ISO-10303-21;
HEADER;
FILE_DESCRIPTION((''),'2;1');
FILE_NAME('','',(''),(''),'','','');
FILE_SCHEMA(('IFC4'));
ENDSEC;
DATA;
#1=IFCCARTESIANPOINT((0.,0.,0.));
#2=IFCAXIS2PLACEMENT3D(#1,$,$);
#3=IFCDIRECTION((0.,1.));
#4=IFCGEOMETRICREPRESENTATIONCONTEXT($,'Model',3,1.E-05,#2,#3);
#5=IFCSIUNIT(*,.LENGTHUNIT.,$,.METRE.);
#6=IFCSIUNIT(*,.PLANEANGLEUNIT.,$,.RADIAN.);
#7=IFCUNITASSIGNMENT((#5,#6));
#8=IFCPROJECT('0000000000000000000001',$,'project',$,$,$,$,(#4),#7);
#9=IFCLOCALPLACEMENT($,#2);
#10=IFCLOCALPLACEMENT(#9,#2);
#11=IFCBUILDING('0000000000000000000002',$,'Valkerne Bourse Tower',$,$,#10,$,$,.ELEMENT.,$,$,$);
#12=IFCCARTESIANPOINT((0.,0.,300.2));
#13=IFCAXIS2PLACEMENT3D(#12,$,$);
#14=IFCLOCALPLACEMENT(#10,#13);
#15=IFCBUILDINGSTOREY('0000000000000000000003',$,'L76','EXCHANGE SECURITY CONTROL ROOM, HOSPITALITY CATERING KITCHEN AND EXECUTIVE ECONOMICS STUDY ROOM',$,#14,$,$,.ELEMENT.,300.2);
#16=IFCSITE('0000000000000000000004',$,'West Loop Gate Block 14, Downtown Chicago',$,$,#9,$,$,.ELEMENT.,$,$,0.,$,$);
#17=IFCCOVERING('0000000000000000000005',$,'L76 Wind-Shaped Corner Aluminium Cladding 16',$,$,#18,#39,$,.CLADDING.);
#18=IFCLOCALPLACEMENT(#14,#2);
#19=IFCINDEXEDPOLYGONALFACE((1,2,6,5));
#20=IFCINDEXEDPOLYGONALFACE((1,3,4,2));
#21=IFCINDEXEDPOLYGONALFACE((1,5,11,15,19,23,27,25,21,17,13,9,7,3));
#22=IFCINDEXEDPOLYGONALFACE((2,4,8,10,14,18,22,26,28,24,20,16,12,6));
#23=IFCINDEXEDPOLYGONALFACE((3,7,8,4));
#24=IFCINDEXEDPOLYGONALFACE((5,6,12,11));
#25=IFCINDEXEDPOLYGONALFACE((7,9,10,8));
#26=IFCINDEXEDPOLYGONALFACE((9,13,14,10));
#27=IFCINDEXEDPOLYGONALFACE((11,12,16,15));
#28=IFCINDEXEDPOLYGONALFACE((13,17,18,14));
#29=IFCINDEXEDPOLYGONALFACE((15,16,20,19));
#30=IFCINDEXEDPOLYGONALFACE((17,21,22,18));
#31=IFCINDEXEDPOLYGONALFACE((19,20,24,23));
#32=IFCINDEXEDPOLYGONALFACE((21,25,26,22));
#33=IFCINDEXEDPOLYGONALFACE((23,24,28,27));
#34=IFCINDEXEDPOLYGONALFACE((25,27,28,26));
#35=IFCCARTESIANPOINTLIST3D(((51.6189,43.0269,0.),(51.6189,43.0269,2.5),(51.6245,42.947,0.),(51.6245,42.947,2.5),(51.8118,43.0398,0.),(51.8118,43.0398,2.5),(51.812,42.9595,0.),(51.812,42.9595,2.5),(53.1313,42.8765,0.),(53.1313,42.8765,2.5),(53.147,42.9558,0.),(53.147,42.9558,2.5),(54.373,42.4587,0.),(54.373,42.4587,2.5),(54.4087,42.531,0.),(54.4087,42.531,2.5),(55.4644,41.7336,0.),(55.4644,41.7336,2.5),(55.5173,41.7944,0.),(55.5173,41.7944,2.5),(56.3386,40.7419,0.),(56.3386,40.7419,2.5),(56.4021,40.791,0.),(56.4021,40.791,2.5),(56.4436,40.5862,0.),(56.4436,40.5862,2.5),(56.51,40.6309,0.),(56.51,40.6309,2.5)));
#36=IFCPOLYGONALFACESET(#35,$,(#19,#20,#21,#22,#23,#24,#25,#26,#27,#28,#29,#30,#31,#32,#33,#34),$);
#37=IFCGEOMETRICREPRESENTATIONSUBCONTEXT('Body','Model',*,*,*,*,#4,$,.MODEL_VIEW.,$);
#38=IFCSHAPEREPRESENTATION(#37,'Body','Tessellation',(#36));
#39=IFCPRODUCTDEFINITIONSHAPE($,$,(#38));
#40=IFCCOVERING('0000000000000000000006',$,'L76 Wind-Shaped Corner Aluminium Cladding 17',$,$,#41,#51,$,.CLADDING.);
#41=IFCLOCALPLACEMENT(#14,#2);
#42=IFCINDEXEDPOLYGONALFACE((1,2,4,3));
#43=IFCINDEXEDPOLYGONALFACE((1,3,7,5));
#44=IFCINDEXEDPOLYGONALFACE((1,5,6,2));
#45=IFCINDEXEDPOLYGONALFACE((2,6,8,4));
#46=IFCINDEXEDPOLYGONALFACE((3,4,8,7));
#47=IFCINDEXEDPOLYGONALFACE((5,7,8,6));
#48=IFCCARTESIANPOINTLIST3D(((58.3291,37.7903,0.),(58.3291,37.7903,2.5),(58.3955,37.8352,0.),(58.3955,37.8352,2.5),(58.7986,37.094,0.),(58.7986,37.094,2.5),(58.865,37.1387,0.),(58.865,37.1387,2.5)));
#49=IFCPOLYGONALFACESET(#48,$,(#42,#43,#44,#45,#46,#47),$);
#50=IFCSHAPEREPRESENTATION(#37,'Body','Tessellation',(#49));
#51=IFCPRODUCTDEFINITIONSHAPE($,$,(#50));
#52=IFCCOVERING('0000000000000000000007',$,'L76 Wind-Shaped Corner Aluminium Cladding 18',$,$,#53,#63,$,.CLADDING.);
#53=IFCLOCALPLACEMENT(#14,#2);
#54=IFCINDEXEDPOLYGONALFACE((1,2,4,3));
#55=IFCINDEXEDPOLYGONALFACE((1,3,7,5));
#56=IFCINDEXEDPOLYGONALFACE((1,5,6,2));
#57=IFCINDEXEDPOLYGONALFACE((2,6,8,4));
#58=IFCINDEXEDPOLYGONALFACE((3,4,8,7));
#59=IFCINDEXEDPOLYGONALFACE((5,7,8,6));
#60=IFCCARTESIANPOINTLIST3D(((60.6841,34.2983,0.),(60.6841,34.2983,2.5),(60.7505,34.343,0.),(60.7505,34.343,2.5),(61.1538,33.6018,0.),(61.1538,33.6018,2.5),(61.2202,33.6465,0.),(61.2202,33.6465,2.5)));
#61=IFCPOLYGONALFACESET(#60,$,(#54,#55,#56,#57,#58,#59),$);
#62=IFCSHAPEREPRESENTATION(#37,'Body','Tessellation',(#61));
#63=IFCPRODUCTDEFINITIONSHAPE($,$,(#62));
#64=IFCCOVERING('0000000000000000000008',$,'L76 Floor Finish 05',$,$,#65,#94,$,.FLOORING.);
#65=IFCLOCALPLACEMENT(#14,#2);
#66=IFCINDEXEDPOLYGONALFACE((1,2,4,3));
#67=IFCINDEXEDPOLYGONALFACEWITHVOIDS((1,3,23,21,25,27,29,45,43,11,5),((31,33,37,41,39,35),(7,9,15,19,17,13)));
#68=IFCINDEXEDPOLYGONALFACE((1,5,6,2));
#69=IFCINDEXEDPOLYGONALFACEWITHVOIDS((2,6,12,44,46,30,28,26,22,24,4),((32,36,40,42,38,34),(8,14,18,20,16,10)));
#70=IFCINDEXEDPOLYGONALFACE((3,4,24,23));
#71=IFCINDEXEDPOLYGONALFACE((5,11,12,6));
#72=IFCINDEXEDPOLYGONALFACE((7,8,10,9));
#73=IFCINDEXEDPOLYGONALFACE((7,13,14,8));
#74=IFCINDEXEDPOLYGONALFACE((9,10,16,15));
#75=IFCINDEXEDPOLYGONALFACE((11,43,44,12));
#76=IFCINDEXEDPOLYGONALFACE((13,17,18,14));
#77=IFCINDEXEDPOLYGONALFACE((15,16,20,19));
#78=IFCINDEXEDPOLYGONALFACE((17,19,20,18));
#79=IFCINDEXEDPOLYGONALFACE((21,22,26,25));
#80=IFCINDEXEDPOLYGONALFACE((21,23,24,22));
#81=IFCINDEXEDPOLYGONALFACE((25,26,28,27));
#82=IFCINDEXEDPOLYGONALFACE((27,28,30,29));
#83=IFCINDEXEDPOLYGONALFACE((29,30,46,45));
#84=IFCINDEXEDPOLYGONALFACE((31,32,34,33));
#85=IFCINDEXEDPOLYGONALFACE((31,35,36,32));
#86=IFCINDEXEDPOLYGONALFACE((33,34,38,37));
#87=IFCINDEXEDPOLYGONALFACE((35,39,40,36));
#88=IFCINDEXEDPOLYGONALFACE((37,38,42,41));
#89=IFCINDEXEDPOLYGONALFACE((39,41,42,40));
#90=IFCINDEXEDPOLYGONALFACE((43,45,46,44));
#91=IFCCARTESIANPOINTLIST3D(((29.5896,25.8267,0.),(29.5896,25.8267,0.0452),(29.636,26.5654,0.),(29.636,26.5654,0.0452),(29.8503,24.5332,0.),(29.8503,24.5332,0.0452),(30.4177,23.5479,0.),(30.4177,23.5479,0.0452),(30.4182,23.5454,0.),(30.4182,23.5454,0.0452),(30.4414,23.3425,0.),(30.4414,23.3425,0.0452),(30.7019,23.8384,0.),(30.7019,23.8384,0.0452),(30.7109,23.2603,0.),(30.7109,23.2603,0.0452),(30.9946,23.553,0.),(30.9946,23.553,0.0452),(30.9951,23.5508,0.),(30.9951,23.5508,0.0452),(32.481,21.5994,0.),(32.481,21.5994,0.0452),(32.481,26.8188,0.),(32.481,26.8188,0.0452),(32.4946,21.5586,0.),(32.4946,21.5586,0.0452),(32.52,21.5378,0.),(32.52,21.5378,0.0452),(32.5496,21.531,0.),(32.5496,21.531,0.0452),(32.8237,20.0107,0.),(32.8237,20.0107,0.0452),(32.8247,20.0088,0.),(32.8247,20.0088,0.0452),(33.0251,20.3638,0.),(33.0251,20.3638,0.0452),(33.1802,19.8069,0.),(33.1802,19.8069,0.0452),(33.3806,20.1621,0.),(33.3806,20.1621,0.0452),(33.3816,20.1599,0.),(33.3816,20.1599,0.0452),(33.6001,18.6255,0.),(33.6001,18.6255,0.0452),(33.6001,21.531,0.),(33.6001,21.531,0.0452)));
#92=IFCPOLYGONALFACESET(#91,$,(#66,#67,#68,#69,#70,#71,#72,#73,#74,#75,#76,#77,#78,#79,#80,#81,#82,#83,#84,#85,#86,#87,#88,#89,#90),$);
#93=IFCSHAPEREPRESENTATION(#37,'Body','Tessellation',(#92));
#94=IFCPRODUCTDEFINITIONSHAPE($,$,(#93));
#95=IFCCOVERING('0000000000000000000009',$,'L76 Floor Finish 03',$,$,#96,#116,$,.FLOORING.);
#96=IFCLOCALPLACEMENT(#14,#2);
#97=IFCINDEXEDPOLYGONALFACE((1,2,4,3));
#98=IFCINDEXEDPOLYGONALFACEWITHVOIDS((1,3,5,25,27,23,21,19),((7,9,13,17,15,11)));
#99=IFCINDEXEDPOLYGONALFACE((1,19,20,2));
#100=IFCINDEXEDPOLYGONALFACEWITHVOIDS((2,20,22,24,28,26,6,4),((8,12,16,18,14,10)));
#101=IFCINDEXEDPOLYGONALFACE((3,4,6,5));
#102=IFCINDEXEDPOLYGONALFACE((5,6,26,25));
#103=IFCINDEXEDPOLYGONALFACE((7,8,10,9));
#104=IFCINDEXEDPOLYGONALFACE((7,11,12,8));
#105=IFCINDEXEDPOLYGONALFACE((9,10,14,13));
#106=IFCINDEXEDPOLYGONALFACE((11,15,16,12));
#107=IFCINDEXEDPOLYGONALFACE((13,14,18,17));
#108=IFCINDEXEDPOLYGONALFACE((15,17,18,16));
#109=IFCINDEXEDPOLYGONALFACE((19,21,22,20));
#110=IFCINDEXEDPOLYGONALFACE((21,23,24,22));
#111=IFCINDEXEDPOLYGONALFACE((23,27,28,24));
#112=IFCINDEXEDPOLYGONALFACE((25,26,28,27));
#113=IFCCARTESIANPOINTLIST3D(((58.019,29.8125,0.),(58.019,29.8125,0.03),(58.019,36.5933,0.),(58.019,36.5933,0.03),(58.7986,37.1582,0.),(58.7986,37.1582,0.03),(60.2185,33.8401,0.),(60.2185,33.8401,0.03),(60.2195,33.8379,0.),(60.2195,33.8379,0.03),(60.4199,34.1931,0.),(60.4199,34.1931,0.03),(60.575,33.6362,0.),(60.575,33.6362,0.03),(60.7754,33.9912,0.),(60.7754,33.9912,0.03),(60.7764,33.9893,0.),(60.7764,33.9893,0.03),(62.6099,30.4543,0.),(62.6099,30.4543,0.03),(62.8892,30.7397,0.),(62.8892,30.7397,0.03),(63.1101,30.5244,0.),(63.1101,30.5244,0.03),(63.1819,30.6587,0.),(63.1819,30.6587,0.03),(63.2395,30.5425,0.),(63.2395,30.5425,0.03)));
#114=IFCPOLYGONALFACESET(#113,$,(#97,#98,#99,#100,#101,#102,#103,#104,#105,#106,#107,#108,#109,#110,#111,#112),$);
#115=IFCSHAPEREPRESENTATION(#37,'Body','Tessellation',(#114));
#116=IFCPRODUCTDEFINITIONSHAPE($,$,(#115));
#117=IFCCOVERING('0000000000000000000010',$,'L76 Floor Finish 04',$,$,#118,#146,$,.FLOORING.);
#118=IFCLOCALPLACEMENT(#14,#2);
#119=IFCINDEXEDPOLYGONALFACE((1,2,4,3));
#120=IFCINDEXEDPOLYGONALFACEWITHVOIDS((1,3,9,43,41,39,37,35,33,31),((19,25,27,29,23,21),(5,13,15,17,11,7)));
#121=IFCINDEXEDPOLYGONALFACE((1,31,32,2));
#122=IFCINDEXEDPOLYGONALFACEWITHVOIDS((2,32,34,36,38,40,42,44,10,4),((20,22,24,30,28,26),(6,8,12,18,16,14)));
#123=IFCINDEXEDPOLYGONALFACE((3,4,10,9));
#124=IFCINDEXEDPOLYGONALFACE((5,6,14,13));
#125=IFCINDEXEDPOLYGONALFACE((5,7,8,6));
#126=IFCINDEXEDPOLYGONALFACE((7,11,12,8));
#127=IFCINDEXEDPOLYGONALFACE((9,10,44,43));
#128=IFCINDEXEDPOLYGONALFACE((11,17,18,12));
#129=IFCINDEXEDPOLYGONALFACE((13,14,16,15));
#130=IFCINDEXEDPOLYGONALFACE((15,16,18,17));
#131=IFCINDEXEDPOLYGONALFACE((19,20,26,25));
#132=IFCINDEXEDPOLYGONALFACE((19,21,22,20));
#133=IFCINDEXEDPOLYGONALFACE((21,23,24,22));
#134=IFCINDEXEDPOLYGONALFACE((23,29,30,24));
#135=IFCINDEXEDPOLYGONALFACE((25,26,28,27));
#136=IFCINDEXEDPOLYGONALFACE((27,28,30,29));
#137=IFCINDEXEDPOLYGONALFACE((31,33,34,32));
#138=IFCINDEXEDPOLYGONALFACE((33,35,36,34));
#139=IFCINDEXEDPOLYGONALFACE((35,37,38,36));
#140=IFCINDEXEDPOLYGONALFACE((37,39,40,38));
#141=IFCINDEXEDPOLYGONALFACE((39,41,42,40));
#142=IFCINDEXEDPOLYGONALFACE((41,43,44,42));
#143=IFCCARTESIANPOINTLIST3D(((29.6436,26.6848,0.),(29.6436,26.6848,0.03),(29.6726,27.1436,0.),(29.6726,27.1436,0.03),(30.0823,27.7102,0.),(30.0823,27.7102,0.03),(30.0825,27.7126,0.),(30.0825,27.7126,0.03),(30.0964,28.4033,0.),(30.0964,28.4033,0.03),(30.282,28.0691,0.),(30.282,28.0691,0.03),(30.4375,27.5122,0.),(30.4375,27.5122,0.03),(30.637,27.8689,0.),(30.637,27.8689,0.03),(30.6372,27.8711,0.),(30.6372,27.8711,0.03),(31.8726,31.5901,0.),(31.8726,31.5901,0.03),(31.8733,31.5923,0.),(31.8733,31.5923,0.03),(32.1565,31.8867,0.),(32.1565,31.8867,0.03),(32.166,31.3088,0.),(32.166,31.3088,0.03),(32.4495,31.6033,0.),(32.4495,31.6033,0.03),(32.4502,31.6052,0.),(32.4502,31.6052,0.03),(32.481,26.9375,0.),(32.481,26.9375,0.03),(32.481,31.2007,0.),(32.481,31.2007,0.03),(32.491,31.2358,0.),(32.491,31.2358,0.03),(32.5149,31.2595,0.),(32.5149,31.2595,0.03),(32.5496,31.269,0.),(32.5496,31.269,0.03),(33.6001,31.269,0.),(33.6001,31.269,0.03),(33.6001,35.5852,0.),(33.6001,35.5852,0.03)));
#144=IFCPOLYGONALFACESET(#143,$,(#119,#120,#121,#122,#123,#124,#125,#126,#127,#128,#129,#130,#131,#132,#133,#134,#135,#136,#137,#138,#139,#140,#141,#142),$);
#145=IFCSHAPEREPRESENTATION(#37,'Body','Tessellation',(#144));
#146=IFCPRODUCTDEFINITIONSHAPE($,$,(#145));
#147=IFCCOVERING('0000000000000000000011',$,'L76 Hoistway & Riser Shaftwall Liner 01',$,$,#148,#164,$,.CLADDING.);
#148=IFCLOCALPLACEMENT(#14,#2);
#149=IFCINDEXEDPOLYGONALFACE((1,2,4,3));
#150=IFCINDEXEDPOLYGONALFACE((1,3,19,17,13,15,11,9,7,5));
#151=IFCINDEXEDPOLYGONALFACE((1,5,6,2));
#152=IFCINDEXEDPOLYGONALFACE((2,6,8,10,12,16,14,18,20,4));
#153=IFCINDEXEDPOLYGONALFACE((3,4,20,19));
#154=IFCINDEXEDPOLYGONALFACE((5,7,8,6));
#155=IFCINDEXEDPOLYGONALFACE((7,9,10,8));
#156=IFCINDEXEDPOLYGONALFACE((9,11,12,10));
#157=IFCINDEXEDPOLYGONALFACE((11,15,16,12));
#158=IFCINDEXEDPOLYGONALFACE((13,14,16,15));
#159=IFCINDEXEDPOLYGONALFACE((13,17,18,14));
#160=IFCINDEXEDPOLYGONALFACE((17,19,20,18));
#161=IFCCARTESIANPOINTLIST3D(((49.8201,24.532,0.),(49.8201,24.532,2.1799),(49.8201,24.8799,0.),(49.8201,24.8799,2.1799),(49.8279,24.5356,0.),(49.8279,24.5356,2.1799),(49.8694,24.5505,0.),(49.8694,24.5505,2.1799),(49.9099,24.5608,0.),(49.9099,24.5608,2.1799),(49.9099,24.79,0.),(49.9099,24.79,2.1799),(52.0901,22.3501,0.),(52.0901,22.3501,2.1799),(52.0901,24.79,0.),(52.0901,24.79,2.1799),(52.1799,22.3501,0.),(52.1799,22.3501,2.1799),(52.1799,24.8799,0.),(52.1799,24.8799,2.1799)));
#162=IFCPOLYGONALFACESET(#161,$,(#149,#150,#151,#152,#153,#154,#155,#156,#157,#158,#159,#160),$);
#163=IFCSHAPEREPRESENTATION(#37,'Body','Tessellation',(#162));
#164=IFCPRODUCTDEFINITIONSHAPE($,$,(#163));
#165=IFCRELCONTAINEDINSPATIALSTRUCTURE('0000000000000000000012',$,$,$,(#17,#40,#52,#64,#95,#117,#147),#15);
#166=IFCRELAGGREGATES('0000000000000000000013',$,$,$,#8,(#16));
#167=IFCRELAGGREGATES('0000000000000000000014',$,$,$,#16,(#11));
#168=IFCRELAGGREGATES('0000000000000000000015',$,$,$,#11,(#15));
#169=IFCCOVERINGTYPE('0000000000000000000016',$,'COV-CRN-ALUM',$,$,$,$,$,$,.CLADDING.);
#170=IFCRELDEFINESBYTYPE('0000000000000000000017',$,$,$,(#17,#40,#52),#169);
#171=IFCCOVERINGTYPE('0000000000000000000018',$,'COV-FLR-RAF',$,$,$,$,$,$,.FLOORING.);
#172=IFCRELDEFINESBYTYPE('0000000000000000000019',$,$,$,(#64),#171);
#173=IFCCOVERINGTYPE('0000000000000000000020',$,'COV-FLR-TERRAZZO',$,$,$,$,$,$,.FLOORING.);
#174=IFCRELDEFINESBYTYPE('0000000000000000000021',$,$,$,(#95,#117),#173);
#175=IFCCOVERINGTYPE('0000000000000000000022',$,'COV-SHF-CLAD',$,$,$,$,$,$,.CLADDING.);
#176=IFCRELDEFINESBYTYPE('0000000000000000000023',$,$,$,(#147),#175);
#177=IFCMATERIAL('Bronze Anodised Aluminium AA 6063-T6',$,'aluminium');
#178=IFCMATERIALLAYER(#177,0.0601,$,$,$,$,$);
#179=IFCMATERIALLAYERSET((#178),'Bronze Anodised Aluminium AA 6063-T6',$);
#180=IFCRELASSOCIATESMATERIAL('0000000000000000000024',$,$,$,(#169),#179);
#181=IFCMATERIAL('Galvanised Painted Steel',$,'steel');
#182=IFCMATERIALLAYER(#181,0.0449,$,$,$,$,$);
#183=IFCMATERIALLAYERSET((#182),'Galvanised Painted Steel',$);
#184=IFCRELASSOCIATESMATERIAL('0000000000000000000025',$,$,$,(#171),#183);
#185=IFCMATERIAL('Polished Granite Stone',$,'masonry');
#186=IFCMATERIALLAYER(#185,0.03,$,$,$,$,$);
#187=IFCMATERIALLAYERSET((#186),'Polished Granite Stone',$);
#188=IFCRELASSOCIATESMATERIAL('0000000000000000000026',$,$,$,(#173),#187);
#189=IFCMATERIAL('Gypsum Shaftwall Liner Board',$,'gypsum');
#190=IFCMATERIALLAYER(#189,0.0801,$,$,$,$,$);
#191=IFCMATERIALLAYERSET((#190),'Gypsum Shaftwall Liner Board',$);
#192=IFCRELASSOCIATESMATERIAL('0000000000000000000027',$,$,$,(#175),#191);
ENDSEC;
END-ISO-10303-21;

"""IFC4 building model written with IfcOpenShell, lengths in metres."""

from ifc_helpers import new_model, si_unit, direction, frame, origin, place, context, subcontext, project, spatial, polyline, outline, extrude, material, layer, layer_set, type_object, element, save


model = new_model("IFC4")

# Units and contexts
model_context = context("Model", 3, precision=1e-05, world=origin(), true_north=direction((0.0, 1.0)))
body_context = subcontext(model_context, "Body", "Model", "MODEL_VIEW")
ifc_project = project(units=[si_unit("LENGTHUNIT", "METRE"), si_unit("PLANEANGLEUNIT", "RADIAN")], contexts=[model_context])

# Site, building, storey
site_placement = place(None, origin())
site = spatial("IfcSite", under=ifc_project, at=site_placement, Name="West Loop Gate Block 14, Downtown Chicago", CompositionType="ELEMENT", RefElevation=0.0)
building_placement = place(site_placement, origin())
building = spatial("IfcBuilding", under=site, at=building_placement, Name="Valkerne Bourse Tower", CompositionType="ELEMENT")
storey_placement = place(building_placement, frame((0.0, 0.0, 300.2)))
storey = spatial("IfcBuildingStorey", under=building, at=storey_placement, Name="L76", Description="EXCHANGE SECURITY CONTROL ROOM, HOSPITALITY CATERING KITCHEN AND EXECUTIVE ECONOMICS STUDY ROOM", CompositionType="ELEMENT", Elevation=300.2)

# Coverings
ifc_material_1 = material(Name="Bronze Anodised Aluminium AA 6063-T6", Category="aluminium")
ifc_layer_1 = layer(ifc_material_1, 0.0601)
ifc_layer_set_1 = layer_set([ifc_layer_1], Name="Bronze Anodised Aluminium AA 6063-T6")
covering_type_1 = type_object("IfcCoveringType", Name="COV-CRN-ALUM", PredefinedType="CLADDING", material=ifc_layer_set_1)
covering_1_placement = place(storey_placement, origin())
element("IfcCovering", 1, at=covering_1_placement, inside=storey, type_object=covering_type_1, Name="L76 Wind-Shaped Corner Aluminium Cladding 16", PredefinedType="CLADDING", context=body_context, shape_type="SweptSolid", body=[
    extrude(outline(polyline([(51.8118, 43.0398), (53.147, 42.9558), (54.4087, 42.531), (55.5173, 41.7944), (56.4021, 40.791), (56.51, 40.6309), (56.4436, 40.5862), (56.3386, 40.7419), (55.4644, 41.7336), (54.373, 42.4587), (53.1313, 42.8765), (51.812, 42.9595), (51.6245, 42.947), (51.6189, 43.0269), (51.8118, 43.0398)])), origin(), (0.0, 0.0, 1.0), 2.5),
])
covering_2_placement = place(storey_placement, origin())
element("IfcCovering", 2, at=covering_2_placement, inside=storey, type_object=covering_type_1, Name="L76 Wind-Shaped Corner Aluminium Cladding 17", PredefinedType="CLADDING", context=body_context, shape_type="SweptSolid", body=[
    extrude(outline(polyline([(58.865, 37.1387), (58.7986, 37.094), (58.3291, 37.7903), (58.3955, 37.8352), (58.865, 37.1387)])), origin(), (0.0, 0.0, 1.0), 2.5),
])
covering_3_placement = place(storey_placement, origin())
element("IfcCovering", 3, at=covering_3_placement, inside=storey, type_object=covering_type_1, Name="L76 Wind-Shaped Corner Aluminium Cladding 18", PredefinedType="CLADDING", context=body_context, shape_type="SweptSolid", body=[
    extrude(outline(polyline([(61.2202, 33.6465), (61.1538, 33.6018), (60.6841, 34.2983), (60.7505, 34.343), (61.2202, 33.6465)])), origin(), (0.0, 0.0, 1.0), 2.5),
])
ifc_material_2 = material(Name="Galvanised Painted Steel", Category="steel")
ifc_layer_2 = layer(ifc_material_2, 0.0449)
ifc_layer_set_2 = layer_set([ifc_layer_2], Name="Galvanised Painted Steel")
covering_type_2 = type_object("IfcCoveringType", Name="COV-FLR-RAF", PredefinedType="FLOORING", material=ifc_layer_set_2)
covering_4_placement = place(storey_placement, origin())
element("IfcCovering", 4, at=covering_4_placement, inside=storey, type_object=covering_type_2, Name="L76 Floor Finish 05", PredefinedType="FLOORING", context=body_context, shape_type="SweptSolid", body=[
    extrude(outline(polyline([(29.5896, 25.8267), (29.636, 26.5654), (32.481, 26.8188), (32.481, 21.5994), (32.4946, 21.5586), (32.52, 21.5378), (32.5496, 21.531), (33.6001, 21.531), (33.6001, 18.6255), (30.4414, 23.3425), (29.8503, 24.5332), (29.5896, 25.8267)]), holes=[polyline([(33.3806, 20.1621), (33.0251, 20.3638), (32.8237, 20.0107), (32.8247, 20.0088), (33.1802, 19.8069), (33.3816, 20.1599), (33.3806, 20.1621)]), polyline([(30.9946, 23.553), (30.7019, 23.8384), (30.4177, 23.5479), (30.4182, 23.5454), (30.7109, 23.2603), (30.9951, 23.5508), (30.9946, 23.553)])]), origin(), (0.0, 0.0, 1.0), 0.0452),
])
ifc_material_3 = material(Name="Polished Granite Stone", Category="masonry")
ifc_layer_3 = layer(ifc_material_3, 0.03)
ifc_layer_set_3 = layer_set([ifc_layer_3], Name="Polished Granite Stone")
covering_type_3 = type_object("IfcCoveringType", Name="COV-FLR-TERRAZZO", PredefinedType="FLOORING", material=ifc_layer_set_3)
covering_5_placement = place(storey_placement, origin())
element("IfcCovering", 5, at=covering_5_placement, inside=storey, type_object=covering_type_3, Name="L76 Floor Finish 03", PredefinedType="FLOORING", context=body_context, shape_type="SweptSolid", body=[
    extrude(outline(polyline([(58.019, 36.5933), (58.7986, 37.1582), (63.1819, 30.6587), (63.2395, 30.5425), (63.1101, 30.5244), (62.8892, 30.7397), (62.6099, 30.4543), (58.019, 29.8125), (58.019, 36.5933)]), holes=[polyline([(60.7754, 33.9912), (60.4199, 34.1931), (60.2185, 33.8401), (60.2195, 33.8379), (60.575, 33.6362), (60.7764, 33.9893), (60.7754, 33.9912)])]), origin(), (0.0, 0.0, 1.0), 0.03),
])
covering_6_placement = place(storey_placement, origin())
element("IfcCovering", 6, at=covering_6_placement, inside=storey, type_object=covering_type_3, Name="L76 Floor Finish 04", PredefinedType="FLOORING", context=body_context, shape_type="SweptSolid", body=[
    extrude(outline(polyline([(33.6001, 35.5852), (33.6001, 31.269), (32.5496, 31.269), (32.5149, 31.2595), (32.491, 31.2358), (32.481, 31.2007), (32.481, 26.9375), (29.6436, 26.6848), (29.6726, 27.1436), (30.0964, 28.4033), (33.6001, 35.5852)]), holes=[polyline([(30.6372, 27.8711), (30.282, 28.0691), (30.0825, 27.7126), (30.0823, 27.7102), (30.4375, 27.5122), (30.637, 27.8689), (30.6372, 27.8711)]), polyline([(32.4502, 31.6052), (32.1565, 31.8867), (31.8733, 31.5923), (31.8726, 31.5901), (32.166, 31.3088), (32.4495, 31.6033), (32.4502, 31.6052)])]), origin(), (0.0, 0.0, 1.0), 0.03),
])
ifc_material_4 = material(Name="Gypsum Shaftwall Liner Board", Category="gypsum")
ifc_layer_4 = layer(ifc_material_4, 0.0801)
ifc_layer_set_4 = layer_set([ifc_layer_4], Name="Gypsum Shaftwall Liner Board")
covering_type_4 = type_object("IfcCoveringType", Name="COV-SHF-CLAD", PredefinedType="CLADDING", material=ifc_layer_set_4)
covering_7_placement = place(storey_placement, origin())
element("IfcCovering", 7, at=covering_7_placement, inside=storey, type_object=covering_type_4, Name="L76 Hoistway & Riser Shaftwall Liner 01", PredefinedType="CLADDING", context=body_context, shape_type="SweptSolid", body=[
    extrude(outline(polyline([(52.1799, 24.8799), (52.1799, 22.3501), (52.0901, 22.3501), (52.0901, 24.79), (49.9099, 24.79), (49.9099, 24.5608), (49.8694, 24.5505), (49.8279, 24.5356), (49.8201, 24.532), (49.8201, 24.8799), (52.1799, 24.8799)])), origin(), (0.0, 0.0, 1.0), 2.1799),
])

save(model, "model.ifc")
